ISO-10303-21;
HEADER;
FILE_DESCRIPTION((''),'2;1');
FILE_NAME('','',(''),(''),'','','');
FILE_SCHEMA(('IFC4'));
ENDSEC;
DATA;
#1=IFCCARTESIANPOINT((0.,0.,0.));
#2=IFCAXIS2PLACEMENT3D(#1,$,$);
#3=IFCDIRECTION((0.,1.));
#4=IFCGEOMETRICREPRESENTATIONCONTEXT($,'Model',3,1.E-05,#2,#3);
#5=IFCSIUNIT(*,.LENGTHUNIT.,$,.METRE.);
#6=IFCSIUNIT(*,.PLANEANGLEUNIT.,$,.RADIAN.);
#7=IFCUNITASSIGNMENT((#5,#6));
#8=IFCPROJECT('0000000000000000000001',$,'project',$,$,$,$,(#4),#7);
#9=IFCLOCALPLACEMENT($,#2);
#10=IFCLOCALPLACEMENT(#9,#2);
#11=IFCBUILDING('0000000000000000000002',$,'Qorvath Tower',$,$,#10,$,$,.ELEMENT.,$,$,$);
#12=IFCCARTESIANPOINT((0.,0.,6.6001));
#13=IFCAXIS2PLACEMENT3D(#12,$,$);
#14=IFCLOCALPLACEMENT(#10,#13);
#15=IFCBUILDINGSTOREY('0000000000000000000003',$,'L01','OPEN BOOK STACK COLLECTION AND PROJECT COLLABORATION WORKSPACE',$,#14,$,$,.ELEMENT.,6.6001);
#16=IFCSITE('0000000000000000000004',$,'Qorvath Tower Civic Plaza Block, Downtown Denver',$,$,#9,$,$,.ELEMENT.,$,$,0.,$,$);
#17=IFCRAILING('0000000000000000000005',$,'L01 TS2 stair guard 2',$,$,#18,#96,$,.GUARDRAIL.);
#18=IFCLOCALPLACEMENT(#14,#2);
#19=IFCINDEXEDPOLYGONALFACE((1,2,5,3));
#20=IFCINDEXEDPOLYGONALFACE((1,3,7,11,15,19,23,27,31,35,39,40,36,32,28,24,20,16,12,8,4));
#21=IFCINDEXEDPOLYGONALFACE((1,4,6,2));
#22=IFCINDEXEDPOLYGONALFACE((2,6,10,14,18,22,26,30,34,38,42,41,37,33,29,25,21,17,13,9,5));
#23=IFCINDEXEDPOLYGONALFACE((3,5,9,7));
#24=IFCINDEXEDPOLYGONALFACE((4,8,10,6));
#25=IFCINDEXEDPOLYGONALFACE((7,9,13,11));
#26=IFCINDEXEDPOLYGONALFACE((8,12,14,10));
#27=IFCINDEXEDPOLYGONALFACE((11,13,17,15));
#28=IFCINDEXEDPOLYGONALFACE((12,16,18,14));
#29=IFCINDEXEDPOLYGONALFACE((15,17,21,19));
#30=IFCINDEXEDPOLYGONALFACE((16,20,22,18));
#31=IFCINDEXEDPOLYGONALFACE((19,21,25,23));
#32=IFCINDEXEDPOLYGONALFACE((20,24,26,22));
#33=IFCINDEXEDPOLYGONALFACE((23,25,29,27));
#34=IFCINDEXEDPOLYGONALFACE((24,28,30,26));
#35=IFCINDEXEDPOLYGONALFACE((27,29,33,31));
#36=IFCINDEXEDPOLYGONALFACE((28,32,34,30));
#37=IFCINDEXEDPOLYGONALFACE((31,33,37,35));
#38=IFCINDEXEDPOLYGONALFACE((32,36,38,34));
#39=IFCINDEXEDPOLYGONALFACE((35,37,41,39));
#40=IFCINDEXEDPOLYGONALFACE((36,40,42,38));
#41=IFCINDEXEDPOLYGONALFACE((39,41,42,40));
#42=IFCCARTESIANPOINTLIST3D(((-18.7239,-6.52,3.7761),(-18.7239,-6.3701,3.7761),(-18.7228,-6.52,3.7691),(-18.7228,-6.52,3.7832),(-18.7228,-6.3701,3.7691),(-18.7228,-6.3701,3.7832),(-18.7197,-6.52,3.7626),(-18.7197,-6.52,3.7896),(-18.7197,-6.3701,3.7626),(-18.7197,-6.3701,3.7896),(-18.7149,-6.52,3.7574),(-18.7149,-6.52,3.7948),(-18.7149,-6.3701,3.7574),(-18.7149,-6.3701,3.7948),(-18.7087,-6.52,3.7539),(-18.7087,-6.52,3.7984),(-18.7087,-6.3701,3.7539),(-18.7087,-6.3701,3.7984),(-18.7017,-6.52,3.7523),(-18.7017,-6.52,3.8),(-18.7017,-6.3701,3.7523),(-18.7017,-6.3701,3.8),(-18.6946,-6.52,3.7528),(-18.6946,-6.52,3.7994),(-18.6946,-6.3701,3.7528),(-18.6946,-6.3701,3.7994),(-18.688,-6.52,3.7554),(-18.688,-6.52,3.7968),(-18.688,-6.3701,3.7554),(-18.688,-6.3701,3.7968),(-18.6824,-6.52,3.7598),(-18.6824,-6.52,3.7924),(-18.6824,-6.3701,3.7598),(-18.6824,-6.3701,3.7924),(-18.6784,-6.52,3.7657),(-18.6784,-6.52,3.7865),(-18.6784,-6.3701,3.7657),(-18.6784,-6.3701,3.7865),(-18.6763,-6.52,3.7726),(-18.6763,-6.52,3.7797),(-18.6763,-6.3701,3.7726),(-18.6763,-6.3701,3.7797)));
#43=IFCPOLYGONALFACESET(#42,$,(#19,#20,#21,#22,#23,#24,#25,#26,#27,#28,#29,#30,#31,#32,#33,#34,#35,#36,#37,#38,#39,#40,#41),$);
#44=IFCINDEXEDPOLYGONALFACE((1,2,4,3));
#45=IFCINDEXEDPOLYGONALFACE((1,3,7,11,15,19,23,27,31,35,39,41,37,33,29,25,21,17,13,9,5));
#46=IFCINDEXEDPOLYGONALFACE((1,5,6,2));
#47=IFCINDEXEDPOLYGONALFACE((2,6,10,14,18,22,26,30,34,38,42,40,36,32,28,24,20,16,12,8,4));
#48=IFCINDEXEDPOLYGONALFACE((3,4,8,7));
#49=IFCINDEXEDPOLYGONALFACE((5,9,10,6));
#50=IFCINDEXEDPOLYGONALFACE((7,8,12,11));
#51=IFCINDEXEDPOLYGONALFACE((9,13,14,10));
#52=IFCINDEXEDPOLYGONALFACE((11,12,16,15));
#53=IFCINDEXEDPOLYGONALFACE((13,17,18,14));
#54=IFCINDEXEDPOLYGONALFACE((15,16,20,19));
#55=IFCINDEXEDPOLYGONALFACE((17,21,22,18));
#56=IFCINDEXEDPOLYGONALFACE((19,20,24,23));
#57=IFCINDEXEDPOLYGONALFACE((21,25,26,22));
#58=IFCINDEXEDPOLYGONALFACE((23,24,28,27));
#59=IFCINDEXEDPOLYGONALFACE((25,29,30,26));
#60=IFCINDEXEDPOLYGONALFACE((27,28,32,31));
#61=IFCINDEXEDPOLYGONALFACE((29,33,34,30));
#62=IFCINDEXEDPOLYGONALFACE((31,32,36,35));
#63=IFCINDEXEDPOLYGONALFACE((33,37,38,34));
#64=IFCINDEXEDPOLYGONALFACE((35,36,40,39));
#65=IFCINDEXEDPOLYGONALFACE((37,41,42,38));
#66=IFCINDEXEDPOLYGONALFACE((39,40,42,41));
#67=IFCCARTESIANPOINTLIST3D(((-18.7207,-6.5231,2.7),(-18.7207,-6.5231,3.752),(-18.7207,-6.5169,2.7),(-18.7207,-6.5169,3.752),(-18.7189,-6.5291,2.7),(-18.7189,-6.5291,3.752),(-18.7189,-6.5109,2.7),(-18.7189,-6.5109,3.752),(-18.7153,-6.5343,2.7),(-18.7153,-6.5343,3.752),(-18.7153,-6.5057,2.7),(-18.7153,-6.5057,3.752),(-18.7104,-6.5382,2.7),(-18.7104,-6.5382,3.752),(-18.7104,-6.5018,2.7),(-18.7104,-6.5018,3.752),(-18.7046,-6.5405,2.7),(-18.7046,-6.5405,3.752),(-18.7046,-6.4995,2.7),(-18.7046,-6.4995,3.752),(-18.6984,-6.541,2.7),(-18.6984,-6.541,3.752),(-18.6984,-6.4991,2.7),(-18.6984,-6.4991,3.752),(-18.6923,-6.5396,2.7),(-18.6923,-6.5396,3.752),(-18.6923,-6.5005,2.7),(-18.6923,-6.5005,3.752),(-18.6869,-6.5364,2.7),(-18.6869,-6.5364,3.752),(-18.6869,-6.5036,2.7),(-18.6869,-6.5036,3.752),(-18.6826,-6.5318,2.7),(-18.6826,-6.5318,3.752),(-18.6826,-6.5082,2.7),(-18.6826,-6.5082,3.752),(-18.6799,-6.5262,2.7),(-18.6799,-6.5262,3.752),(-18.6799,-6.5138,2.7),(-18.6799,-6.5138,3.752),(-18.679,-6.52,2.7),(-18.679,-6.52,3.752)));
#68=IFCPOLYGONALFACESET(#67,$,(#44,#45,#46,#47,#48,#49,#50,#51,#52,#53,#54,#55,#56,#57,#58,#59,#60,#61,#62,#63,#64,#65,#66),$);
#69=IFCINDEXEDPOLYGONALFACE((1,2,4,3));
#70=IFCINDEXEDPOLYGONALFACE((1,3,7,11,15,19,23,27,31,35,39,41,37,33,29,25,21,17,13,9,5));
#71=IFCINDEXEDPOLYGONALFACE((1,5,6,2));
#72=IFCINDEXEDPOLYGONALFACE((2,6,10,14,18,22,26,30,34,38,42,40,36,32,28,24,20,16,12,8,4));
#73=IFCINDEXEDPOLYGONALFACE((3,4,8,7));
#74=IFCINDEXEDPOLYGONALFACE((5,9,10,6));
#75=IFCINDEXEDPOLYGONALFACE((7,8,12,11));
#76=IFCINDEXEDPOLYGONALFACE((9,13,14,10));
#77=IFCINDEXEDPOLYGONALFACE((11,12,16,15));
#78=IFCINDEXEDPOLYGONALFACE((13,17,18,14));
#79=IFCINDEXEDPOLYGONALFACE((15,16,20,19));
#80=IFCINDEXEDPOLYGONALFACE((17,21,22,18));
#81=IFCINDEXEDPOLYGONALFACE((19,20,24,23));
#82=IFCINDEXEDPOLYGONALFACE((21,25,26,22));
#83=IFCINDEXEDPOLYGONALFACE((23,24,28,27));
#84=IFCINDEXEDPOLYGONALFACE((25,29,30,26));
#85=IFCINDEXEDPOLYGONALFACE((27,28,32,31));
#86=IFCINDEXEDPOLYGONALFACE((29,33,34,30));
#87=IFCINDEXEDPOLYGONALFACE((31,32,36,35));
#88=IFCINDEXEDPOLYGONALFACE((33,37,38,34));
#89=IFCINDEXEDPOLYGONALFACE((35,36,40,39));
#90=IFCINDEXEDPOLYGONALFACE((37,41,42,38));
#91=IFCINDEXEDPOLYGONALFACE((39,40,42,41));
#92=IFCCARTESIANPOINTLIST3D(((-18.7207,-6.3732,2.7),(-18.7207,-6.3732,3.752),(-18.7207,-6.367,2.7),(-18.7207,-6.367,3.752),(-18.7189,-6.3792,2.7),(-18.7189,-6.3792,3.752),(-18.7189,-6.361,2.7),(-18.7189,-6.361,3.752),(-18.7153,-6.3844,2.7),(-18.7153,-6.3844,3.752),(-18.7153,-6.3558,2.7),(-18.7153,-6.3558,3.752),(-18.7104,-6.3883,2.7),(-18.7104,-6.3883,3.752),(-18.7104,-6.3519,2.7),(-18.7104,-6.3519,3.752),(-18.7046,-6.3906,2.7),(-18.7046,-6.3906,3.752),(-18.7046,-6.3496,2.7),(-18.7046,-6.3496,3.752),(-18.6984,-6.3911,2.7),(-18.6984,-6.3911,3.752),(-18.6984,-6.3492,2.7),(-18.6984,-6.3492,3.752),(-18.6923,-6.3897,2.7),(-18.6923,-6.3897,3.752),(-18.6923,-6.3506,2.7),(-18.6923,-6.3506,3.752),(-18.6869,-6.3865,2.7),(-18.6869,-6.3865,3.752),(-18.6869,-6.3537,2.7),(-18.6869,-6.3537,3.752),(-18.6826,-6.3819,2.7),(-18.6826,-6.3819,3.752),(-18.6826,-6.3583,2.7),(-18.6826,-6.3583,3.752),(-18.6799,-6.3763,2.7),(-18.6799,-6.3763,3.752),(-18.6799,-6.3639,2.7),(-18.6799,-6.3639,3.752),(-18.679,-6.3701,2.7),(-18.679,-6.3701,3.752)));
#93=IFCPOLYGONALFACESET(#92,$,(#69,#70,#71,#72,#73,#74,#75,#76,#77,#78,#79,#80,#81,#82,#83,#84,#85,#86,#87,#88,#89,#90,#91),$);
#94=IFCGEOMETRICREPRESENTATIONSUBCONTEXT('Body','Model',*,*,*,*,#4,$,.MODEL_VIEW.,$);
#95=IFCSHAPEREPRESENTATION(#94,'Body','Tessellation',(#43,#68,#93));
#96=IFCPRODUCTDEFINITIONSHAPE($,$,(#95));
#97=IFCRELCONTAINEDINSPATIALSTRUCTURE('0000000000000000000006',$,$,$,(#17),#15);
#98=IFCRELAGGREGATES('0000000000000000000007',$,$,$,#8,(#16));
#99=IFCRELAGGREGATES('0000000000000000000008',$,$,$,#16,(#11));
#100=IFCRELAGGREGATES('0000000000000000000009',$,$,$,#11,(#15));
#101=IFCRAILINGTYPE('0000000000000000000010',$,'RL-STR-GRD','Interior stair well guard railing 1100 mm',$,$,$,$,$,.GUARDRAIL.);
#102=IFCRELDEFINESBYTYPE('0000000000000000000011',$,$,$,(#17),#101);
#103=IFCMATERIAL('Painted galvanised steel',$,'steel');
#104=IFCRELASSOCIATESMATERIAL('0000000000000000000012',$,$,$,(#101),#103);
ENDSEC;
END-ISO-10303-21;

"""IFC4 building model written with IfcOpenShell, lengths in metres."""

from ifc_helpers import new_model, si_unit, direction, frame, origin, origin_2d, place, context, subcontext, project, spatial, circle, extrude, material, type_object, element, save


model = new_model("IFC4")

# Units and contexts
model_context = context("Model", 3, precision=1e-05, world=origin(), true_north=direction((0.0, 1.0)))
body_context = subcontext(model_context, "Body", "Model", "MODEL_VIEW")
ifc_project = project(units=[si_unit("LENGTHUNIT", "METRE"), si_unit("PLANEANGLEUNIT", "RADIAN")], contexts=[model_context])

# Site, building, storey
site_placement = place(None, origin())
site = spatial("IfcSite", under=ifc_project, at=site_placement, Name="Qorvath Tower Civic Plaza Block, Downtown Denver", CompositionType="ELEMENT", RefElevation=0.0)
building_placement = place(site_placement, origin())
building = spatial("IfcBuilding", under=site, at=building_placement, Name="Qorvath Tower", CompositionType="ELEMENT")
storey_placement = place(building_placement, frame((0.0, 0.0, 6.6001)))
storey = spatial("IfcBuildingStorey", under=building, at=storey_placement, Name="L01", Description="OPEN BOOK STACK COLLECTION AND PROJECT COLLABORATION WORKSPACE", CompositionType="ELEMENT", Elevation=6.6001)

# Railing
ifc_material_1 = material(Name="Painted galvanised steel", Category="steel")
railing_type_1 = type_object("IfcRailingType", Name="RL-STR-GRD", Description="Interior stair well guard railing 1100 mm", PredefinedType="GUARDRAIL", material=ifc_material_1)
railing_1_placement = place(storey_placement, frame((-18.7, -6.52, 2.7)))
element("IfcRailing", 1, at=railing_1_placement, inside=storey, type_object=railing_type_1, Name="L01 TS2 stair guard 2", PredefinedType="GUARDRAIL", context=body_context, shape_type="SweptSolid", body=[
    extrude(circle(Radius=0.0239, at=origin_2d()), frame((0.0, 0.0, 1.0762), z_axis=(0.0, 1.0, 0.0), x_axis=(-1.0, 0.0, 0.0)), (0.0, 0.0, 1.0), 0.1499),
    extrude(circle(Radius=0.021, at=origin_2d()), origin(), (0.0, 0.0, 1.0), 1.052),
    extrude(circle(Radius=0.021, at=origin_2d()), frame((0.0, 0.1499, 0.0)), (0.0, 0.0, 1.0), 1.052),
])

save(model, "model.ifc")
